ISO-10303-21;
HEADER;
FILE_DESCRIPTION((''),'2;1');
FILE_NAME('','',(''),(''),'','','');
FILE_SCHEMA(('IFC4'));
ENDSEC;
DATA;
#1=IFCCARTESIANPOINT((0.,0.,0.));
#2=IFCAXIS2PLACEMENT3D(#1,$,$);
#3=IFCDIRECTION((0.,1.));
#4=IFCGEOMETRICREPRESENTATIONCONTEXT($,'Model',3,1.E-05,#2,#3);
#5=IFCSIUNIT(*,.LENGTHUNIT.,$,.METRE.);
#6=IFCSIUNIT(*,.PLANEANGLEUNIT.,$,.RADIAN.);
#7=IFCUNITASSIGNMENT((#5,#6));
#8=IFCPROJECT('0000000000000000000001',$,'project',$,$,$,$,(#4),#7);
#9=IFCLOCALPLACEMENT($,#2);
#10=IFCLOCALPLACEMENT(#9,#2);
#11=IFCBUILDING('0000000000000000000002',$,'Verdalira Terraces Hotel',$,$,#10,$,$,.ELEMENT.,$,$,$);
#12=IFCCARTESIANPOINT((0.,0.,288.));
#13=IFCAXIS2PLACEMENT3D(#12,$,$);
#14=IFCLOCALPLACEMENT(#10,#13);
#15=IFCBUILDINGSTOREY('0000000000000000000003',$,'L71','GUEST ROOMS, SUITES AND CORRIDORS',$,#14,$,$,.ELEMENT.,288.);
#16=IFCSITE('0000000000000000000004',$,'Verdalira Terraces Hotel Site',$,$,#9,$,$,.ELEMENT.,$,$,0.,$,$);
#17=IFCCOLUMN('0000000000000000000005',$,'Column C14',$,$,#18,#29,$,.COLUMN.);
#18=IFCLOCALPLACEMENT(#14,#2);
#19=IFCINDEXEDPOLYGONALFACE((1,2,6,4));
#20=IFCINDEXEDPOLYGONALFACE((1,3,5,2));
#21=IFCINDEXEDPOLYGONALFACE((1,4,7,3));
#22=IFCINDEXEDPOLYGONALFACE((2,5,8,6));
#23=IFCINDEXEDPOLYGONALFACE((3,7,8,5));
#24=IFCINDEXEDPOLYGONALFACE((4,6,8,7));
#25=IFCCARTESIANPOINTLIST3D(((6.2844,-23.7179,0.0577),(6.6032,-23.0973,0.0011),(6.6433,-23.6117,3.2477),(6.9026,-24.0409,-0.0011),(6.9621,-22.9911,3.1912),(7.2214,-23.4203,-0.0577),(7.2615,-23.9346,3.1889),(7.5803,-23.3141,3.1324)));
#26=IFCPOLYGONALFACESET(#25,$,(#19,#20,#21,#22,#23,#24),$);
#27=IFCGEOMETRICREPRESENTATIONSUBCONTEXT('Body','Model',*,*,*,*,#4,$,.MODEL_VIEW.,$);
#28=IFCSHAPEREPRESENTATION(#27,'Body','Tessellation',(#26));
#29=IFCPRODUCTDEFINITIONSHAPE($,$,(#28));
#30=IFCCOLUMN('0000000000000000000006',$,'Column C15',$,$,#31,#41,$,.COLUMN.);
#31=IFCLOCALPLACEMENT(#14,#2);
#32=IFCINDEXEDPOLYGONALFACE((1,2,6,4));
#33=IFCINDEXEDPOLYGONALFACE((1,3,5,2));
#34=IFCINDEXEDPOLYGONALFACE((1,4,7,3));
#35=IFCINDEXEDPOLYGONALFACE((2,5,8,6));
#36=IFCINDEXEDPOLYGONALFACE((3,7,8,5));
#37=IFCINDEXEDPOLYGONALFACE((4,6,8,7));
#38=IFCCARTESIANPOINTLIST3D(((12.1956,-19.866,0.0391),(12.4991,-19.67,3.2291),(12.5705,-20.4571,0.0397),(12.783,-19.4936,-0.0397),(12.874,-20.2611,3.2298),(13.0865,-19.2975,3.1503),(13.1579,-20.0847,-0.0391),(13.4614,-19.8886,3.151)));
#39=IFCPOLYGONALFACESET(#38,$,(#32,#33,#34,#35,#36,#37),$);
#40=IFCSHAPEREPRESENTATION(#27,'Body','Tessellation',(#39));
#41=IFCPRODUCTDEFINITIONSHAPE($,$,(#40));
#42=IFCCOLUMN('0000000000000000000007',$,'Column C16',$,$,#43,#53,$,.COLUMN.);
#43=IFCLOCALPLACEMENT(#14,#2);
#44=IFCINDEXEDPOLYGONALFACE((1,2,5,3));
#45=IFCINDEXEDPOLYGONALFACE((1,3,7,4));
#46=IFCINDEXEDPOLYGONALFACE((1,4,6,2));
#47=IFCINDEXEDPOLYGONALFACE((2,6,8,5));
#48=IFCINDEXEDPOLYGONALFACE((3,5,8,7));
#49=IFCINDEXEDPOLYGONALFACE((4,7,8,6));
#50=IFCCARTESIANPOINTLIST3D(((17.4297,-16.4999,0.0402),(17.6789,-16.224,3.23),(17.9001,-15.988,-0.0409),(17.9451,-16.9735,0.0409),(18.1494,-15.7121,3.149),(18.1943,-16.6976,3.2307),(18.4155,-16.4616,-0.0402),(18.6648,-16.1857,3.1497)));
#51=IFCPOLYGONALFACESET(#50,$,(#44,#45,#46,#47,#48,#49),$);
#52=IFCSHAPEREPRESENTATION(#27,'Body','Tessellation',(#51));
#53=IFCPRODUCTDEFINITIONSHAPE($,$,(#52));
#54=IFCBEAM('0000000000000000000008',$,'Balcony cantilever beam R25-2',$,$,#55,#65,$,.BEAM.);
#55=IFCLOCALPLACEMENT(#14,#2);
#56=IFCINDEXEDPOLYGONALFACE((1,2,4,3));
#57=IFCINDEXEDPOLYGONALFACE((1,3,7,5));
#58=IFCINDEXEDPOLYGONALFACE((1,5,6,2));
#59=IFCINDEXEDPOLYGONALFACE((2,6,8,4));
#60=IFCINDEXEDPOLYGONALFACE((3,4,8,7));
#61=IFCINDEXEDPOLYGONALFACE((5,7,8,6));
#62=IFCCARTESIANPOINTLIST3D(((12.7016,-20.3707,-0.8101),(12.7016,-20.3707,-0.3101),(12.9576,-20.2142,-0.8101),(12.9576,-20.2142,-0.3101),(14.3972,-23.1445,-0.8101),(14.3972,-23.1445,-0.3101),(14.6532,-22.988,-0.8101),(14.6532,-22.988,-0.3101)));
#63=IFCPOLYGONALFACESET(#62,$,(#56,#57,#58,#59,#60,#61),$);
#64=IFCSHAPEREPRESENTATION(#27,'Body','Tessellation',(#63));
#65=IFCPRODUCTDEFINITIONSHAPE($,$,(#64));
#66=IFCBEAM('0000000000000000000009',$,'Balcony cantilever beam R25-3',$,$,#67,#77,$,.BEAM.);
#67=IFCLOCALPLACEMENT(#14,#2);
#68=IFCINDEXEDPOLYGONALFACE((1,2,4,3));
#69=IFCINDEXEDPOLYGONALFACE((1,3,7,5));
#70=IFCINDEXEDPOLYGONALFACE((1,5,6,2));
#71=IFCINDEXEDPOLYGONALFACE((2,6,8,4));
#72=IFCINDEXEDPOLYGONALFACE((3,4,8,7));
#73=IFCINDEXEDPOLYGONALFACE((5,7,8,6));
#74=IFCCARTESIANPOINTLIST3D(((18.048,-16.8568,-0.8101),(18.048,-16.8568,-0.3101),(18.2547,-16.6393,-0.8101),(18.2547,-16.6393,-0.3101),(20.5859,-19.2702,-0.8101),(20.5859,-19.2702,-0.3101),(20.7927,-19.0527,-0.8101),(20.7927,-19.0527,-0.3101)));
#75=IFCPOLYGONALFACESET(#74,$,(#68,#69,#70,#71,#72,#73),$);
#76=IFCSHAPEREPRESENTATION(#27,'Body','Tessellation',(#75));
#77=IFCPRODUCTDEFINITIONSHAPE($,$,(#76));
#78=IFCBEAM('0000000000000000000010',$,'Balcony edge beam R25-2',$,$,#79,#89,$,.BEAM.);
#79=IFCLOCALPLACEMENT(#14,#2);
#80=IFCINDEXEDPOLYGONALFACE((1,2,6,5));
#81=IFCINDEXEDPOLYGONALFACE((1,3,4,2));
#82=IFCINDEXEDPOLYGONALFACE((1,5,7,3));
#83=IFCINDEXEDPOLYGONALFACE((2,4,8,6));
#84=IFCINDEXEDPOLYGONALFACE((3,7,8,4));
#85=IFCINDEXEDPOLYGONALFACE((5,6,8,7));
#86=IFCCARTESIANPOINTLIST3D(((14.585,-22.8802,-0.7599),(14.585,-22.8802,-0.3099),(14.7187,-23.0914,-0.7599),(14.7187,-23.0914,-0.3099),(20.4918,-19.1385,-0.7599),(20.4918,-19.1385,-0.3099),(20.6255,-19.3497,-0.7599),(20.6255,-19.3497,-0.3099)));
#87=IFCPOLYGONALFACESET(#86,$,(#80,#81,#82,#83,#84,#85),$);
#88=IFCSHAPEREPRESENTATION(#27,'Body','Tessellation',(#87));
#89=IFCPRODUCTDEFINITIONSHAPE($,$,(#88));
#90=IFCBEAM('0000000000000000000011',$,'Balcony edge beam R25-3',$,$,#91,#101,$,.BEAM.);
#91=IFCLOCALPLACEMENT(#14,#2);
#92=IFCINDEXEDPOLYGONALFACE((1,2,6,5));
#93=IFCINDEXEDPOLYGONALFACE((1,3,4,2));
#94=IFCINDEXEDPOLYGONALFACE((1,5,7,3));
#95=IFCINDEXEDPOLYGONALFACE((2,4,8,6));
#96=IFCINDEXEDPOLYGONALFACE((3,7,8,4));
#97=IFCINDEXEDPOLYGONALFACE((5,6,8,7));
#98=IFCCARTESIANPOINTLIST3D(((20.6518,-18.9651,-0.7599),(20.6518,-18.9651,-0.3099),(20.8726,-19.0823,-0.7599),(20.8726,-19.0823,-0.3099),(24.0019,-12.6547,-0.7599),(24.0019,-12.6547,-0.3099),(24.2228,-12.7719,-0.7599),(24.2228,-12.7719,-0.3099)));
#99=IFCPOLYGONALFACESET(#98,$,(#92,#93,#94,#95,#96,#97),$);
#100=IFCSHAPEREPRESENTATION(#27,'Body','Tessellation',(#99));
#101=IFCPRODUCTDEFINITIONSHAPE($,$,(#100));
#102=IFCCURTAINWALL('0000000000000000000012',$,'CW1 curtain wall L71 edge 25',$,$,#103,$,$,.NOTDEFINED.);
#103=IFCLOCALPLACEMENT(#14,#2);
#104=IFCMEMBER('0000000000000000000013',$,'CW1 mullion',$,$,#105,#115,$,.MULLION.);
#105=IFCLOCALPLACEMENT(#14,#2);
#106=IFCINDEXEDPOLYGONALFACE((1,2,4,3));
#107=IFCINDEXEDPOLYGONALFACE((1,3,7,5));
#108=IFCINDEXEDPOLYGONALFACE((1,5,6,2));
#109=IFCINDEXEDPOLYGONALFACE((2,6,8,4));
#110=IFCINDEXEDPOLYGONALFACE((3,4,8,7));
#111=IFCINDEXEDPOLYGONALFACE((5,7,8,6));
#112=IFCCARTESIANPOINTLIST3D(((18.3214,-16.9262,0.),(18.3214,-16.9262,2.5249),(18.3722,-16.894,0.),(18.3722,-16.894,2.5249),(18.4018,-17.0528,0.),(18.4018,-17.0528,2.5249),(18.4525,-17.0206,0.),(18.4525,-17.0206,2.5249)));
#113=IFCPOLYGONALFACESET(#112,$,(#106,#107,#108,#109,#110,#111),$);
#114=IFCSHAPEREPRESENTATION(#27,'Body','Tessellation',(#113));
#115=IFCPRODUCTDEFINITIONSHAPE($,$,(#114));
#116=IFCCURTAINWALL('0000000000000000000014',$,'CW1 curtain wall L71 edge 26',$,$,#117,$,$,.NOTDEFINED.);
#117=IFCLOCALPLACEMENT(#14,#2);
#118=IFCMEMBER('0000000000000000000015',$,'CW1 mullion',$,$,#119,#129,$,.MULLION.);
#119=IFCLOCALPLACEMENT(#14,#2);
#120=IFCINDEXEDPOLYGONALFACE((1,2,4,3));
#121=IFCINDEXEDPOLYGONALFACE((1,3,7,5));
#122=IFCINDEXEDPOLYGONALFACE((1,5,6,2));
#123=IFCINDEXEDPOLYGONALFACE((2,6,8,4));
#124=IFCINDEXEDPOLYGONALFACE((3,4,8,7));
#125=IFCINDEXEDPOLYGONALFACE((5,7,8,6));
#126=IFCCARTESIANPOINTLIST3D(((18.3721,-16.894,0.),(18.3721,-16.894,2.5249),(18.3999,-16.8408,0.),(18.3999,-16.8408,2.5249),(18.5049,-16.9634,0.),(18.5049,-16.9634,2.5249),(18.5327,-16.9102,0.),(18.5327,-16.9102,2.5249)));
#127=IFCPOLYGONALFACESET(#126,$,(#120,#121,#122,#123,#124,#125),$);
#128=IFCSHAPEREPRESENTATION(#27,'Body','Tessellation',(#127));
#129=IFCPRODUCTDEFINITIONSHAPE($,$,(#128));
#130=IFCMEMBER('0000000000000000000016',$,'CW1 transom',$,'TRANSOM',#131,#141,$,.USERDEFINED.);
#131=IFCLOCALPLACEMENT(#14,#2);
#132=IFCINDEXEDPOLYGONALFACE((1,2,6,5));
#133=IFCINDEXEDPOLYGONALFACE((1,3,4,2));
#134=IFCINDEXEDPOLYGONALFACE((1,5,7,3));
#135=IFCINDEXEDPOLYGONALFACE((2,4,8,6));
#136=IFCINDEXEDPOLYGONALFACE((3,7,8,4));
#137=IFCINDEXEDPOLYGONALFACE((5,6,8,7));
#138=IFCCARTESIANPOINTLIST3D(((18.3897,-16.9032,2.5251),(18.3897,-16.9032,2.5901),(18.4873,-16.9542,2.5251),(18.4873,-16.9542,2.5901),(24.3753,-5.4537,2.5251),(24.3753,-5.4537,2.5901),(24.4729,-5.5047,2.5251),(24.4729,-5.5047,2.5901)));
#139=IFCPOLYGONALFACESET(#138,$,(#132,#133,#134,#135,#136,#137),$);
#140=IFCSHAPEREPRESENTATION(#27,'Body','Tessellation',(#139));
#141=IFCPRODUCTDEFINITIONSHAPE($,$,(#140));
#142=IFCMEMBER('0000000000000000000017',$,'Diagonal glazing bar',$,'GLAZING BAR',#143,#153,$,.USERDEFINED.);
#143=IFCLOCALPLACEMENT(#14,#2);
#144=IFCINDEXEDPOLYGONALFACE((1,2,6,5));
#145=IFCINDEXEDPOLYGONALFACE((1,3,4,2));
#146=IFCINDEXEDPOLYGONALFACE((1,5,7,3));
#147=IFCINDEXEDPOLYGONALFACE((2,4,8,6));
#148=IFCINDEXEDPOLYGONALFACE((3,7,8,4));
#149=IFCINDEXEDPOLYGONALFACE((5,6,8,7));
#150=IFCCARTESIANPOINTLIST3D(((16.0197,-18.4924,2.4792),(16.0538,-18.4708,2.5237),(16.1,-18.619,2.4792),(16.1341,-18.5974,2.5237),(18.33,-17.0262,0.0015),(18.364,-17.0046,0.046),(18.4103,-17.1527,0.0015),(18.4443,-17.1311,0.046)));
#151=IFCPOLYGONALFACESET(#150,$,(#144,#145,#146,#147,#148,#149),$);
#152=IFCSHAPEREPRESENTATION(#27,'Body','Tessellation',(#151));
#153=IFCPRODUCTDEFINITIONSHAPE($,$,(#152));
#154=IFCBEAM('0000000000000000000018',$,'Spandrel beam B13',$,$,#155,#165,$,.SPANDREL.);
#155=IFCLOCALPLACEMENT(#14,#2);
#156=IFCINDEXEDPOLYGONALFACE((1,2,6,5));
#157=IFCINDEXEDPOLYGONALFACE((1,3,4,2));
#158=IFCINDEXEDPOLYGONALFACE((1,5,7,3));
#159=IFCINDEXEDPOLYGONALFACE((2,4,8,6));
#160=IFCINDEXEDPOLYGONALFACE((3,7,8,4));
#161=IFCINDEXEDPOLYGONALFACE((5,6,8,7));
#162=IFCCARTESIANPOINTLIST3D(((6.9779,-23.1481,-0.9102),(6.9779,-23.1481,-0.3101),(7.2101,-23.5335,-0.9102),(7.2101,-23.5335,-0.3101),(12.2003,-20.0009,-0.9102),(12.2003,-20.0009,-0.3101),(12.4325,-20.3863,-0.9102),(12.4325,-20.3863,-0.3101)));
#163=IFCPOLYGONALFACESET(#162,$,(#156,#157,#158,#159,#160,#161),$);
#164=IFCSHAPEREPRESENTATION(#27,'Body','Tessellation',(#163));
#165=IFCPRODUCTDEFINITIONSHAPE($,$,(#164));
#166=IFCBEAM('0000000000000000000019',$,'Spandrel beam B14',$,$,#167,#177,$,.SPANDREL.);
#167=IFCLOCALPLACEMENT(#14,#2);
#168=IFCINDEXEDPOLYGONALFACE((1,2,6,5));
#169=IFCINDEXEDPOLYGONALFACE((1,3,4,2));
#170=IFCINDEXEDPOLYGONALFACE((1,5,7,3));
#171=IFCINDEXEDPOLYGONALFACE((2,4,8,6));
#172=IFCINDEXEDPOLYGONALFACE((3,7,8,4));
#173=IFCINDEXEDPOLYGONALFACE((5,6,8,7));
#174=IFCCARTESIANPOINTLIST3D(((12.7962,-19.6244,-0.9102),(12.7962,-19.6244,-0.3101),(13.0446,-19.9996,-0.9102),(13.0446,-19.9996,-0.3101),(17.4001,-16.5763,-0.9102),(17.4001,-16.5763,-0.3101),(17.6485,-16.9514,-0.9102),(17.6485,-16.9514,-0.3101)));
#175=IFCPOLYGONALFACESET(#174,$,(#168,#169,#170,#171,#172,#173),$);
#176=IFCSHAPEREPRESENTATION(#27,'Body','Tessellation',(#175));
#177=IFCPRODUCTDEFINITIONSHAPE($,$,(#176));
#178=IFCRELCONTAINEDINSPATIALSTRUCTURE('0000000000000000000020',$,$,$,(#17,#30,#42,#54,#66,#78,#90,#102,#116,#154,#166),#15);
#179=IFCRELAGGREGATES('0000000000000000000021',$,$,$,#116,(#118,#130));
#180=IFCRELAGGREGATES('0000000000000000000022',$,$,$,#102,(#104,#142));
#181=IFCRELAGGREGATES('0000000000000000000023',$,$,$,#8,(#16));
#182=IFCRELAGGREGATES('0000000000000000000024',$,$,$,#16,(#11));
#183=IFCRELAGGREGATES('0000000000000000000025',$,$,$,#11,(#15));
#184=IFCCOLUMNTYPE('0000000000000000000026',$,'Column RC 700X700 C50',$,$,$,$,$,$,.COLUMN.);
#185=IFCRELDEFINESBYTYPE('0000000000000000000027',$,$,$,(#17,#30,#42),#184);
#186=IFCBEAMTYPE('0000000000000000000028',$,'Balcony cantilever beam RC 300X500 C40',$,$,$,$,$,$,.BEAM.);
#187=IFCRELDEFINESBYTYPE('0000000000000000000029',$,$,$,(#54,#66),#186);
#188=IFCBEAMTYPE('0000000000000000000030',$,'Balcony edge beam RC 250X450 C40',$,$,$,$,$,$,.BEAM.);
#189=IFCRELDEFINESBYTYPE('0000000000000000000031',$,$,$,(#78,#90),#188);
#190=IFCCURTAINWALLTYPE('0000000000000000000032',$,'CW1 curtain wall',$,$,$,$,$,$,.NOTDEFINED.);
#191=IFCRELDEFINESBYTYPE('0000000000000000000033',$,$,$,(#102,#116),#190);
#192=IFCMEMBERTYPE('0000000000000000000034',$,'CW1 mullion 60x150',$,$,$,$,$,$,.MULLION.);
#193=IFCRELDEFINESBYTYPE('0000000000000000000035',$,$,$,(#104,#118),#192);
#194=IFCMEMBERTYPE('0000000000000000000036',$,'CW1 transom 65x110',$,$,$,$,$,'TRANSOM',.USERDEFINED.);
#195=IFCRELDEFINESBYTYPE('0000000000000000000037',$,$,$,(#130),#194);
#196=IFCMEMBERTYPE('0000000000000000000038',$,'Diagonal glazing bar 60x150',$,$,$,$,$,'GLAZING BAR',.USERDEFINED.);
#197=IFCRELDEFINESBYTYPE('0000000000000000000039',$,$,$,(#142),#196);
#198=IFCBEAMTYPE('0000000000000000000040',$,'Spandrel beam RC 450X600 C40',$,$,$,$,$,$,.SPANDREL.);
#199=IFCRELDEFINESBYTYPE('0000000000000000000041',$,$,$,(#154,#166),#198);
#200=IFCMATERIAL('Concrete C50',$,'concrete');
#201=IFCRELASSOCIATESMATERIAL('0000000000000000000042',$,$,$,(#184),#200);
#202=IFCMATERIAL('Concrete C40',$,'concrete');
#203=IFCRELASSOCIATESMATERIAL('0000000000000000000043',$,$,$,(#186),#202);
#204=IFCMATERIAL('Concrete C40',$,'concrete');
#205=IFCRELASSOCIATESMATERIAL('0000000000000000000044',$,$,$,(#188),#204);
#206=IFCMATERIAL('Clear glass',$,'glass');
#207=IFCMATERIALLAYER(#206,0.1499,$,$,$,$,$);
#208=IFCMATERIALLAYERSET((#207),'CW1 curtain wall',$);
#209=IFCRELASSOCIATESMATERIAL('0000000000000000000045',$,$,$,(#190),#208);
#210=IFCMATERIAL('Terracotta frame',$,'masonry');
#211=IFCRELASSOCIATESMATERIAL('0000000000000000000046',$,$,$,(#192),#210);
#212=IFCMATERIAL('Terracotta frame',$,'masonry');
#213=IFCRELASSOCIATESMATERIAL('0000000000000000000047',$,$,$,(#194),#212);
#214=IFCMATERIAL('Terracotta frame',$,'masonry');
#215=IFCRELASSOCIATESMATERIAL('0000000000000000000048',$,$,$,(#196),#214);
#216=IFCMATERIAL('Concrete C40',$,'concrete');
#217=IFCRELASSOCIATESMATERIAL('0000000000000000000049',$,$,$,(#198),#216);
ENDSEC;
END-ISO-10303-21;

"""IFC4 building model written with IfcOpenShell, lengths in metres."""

from ifc_helpers import new_model, si_unit, direction, frame, origin, origin_2d, place, context, subcontext, project, spatial, rectangle, extrude, material, layer, layer_set, material_profile, profile_set, type_object, element, aggregate, save


model = new_model("IFC4")

# Units and contexts
model_context = context("Model", 3, precision=1e-05, world=origin(), true_north=direction((0.0, 1.0)))
body_context = subcontext(model_context, "Body", "Model", "MODEL_VIEW")
ifc_project = project(units=[si_unit("LENGTHUNIT", "METRE"), si_unit("PLANEANGLEUNIT", "RADIAN")], contexts=[model_context])

# Site, building, storey
site_placement = place(None, origin())
site = spatial("IfcSite", under=ifc_project, at=site_placement, Name="Verdalira Terraces Hotel Site", CompositionType="ELEMENT", RefElevation=0.0)
building_placement = place(site_placement, origin())
building = spatial("IfcBuilding", under=site, at=building_placement, Name="Verdalira Terraces Hotel", CompositionType="ELEMENT")
storey_placement = place(building_placement, frame((0.0, 0.0, 288.0)))
storey = spatial("IfcBuildingStorey", under=building, at=storey_placement, Name="L71", Description="GUEST ROOMS, SUITES AND CORRIDORS", CompositionType="ELEMENT", Elevation=288.0)

# Columns
ifc_material_1 = material(Name="Concrete C50", Category="concrete")
ifc_material_profile_1 = material_profile(ifc_material_1, rectangle(XDim=0.7, YDim=0.7, at=origin_2d()), Name="RC 700X700")
ifc_profile_set_1 = profile_set([ifc_material_profile_1], Name="Concrete C50")
column_type = type_object("IfcColumnType", Name="Column RC 700X700 C50", PredefinedType="COLUMN", material=ifc_profile_set_1)
column_1_placement = place(storey_placement, frame((6.7529, -23.5691, 0.0), z_axis=(0.111739, 0.033066, 0.993187), x_axis=(-0.455479, -0.886576, 0.08076)))
element("IfcColumn", 1, at=column_1_placement, inside=storey, type_object=column_type, Name="Column C14", PredefinedType="COLUMN", context=body_context, shape_type="SweptSolid", body=[
    extrude(rectangle(XDim=0.7, YDim=0.7, at=origin_2d()), origin(), (0.0, 0.0, 1.0), 3.2119),
])
column_2_placement = place(storey_placement, frame((12.6768, -19.9753, 0.0), z_axis=(0.094528, 0.061067, 0.993647), x_axis=(0.839178, 0.532086, -0.112534)))
element("IfcColumn", 2, at=column_2_placement, inside=storey, type_object=column_type, Name="Column C15", PredefinedType="COLUMN", context=body_context, shape_type="SweptSolid", body=[
    extrude(rectangle(XDim=0.7, YDim=0.7, at=origin_2d()), origin(), (0.0, 0.0, 1.0), 3.2104),
])
column_3_placement = place(storey_placement, frame((17.9226, -16.4807, 0.0), z_axis=(0.077616, 0.085902, 0.993276), x_axis=(-0.67214, -0.731317, 0.115769)))
element("IfcColumn", 3, at=column_3_placement, inside=storey, type_object=column_type, Name="Column C16", PredefinedType="COLUMN", context=body_context, shape_type="SweptSolid", body=[
    extrude(rectangle(XDim=0.7, YDim=0.7, at=origin_2d()), origin(), (0.0, 0.0, 1.0), 3.2114),
])

# Beams
ifc_material_2 = material(Name="Concrete C40", Category="concrete")
ifc_material_profile_2 = material_profile(ifc_material_2, rectangle(XDim=0.3, YDim=0.5, at=origin_2d()), Name="RC 300X500")
ifc_profile_set_2 = profile_set([ifc_material_profile_2], Name="Concrete C40")
beam_type_1 = type_object("IfcBeamType", Name="Balcony cantilever beam RC 300X500 C40", PredefinedType="BEAM", material=ifc_profile_set_2)
beam_1_placement = place(storey_placement, frame((12.8296, -20.2925, -0.5601), z_axis=(0.521568, -0.853209, 0.0), x_axis=(0.853209, 0.521568, 0.0)))
element("IfcBeam", 4, at=beam_1_placement, inside=storey, type_object=beam_type_1, Name="Balcony cantilever beam R25-2", PredefinedType="BEAM", context=body_context, shape_type="SweptSolid", body=[
    extrude(rectangle(XDim=0.3, YDim=0.5, at=origin_2d()), origin(), (0.0, 0.0, 1.0), 3.251),
])
beam_2_placement = place(storey_placement, frame((18.1514, -16.748, -0.5601), z_axis=(0.72466, -0.689107, 0.0), x_axis=(0.689107, 0.72466, 0.0)))
element("IfcBeam", 5, at=beam_2_placement, inside=storey, type_object=beam_type_1, Name="Balcony cantilever beam R25-3", PredefinedType="BEAM", context=body_context, shape_type="SweptSolid", body=[
    extrude(rectangle(XDim=0.3, YDim=0.5, at=origin_2d()), origin(), (0.0, 0.0, 1.0), 3.5022),
])
ifc_material_3 = material(Name="Concrete C40", Category="concrete")
ifc_material_profile_3 = material_profile(ifc_material_3, rectangle(XDim=0.25, YDim=0.45, at=origin_2d()), Name="RC 250X450")
ifc_profile_set_3 = profile_set([ifc_material_profile_3], Name="Concrete C40")
beam_type_2 = type_object("IfcBeamType", Name="Balcony edge beam RC 250X450 C40", PredefinedType="BEAM", material=ifc_profile_set_3)
beam_3_placement = place(storey_placement, frame((14.6519, -22.9858, -0.5349), z_axis=(0.84477, 0.53513, 0.0), x_axis=(-0.53513, 0.84477, 0.0)))
element("IfcBeam", 6, at=beam_3_placement, inside=storey, type_object=beam_type_2, Name="Balcony edge beam R25-2", PredefinedType="BEAM", context=body_context, shape_type="SweptSolid", body=[
    extrude(rectangle(XDim=0.25, YDim=0.45, at=origin_2d()), origin(), (0.0, 0.0, 1.0), 6.9922),
])
beam_4_placement = place(storey_placement, frame((20.7622, -19.0237, -0.5349), z_axis=(0.46891, 0.883246, 0.0), x_axis=(-0.883246, 0.46891, 0.0)))
element("IfcBeam", 7, at=beam_4_placement, inside=storey, type_object=beam_type_2, Name="Balcony edge beam R25-3", PredefinedType="BEAM", context=body_context, shape_type="SweptSolid", body=[
    extrude(rectangle(XDim=0.25, YDim=0.45, at=origin_2d()), origin(), (0.0, 0.0, 1.0), 7.1445),
])

# Curtain wall, member
ifc_material_4 = material(Name="Clear glass", Category="glass")
ifc_layer_1 = layer(ifc_material_4, 0.1499)
ifc_layer_set_1 = layer_set([ifc_layer_1], Name="CW1 curtain wall")
curtain_wall_type = type_object("IfcCurtainWallType", Name="CW1 curtain wall", PredefinedType="NOTDEFINED", material=ifc_layer_set_1)
curtain_wall_1_placement = place(storey_placement, origin())
curtain_wall_1 = element("IfcCurtainWall", 8, at=curtain_wall_1_placement, inside=storey, type_object=curtain_wall_type, Name="CW1 curtain wall L71 edge 25", PredefinedType="NOTDEFINED")
ifc_material_5 = material(Name="Terracotta frame", Category="masonry")
ifc_material_profile_4 = material_profile(ifc_material_5, rectangle(XDim=0.0601, YDim=0.1499, at=origin_2d()), Name="MU 60x150")
ifc_profile_set_4 = profile_set([ifc_material_profile_4], Name="Terracotta frame")
member_type_1 = type_object("IfcMemberType", Name="CW1 mullion 60x150", PredefinedType="MULLION", material=ifc_profile_set_4)
member_1_placement = place(storey_placement, frame((18.387, -16.9734, 0.0), z_axis=(0.0, 0.0, 1.0), x_axis=(0.844328, 0.535827, 0.0)))
member_1 = element("IfcMember", 9, at=member_1_placement, type_object=member_type_1, Name="CW1 mullion", PredefinedType="MULLION", context=body_context, shape_type="SweptSolid", body=[
    extrude(rectangle(XDim=0.0601, YDim=0.1499, at=origin_2d()), origin(), (0.0, 0.0, 1.0), 2.5249),
])

# Curtain wall, members
curtain_wall_2_placement = place(storey_placement, origin())
curtain_wall_2 = element("IfcCurtainWall", 10, at=curtain_wall_2_placement, inside=storey, type_object=curtain_wall_type, Name="CW1 curtain wall L71 edge 26", PredefinedType="NOTDEFINED")
member_2_placement = place(storey_placement, frame((18.4524, -16.9021, 0.0), z_axis=(0.0, 0.0, 1.0), x_axis=(0.463296, 0.886204, 0.0)))
member_2 = element("IfcMember", 11, at=member_2_placement, type_object=member_type_1, Name="CW1 mullion", PredefinedType="MULLION", context=body_context, shape_type="SweptSolid", body=[
    extrude(rectangle(XDim=0.0601, YDim=0.1499, at=origin_2d()), origin(), (0.0, 0.0, 1.0), 2.5249),
])
ifc_material_6 = material(Name="Terracotta frame", Category="masonry")
ifc_material_profile_5 = material_profile(ifc_material_6, rectangle(XDim=0.1101, YDim=0.0649, at=origin_2d()), Name="TR 65x110")
ifc_profile_set_5 = profile_set([ifc_material_profile_5], Name="Terracotta frame")
member_type_2 = type_object("IfcMemberType", Name="CW1 transom 65x110", ElementType="TRANSOM", PredefinedType="USERDEFINED", material=ifc_profile_set_5)
member_3_placement = place(storey_placement, frame((18.4385, -16.9287, 2.5576), z_axis=(0.463294, 0.886205, 0.0), x_axis=(-0.886205, 0.463294, 0.0)))
member_3 = element("IfcMember", 12, at=member_3_placement, type_object=member_type_2, Name="CW1 transom", ObjectType="TRANSOM", PredefinedType="USERDEFINED", context=body_context, shape_type="SweptSolid", body=[
    extrude(rectangle(XDim=0.1101, YDim=0.0649, at=origin_2d()), origin(), (0.0, 0.0, 1.0), 12.9197),
])
aggregate(curtain_wall_2, [member_2, member_3])

# Member
ifc_material_7 = material(Name="Terracotta frame", Category="masonry")
ifc_material_profile_6 = material_profile(ifc_material_7, rectangle(XDim=0.1499, YDim=0.0601, at=origin_2d()), Name="GB 60x150")
ifc_profile_set_6 = profile_set([ifc_material_profile_6], Name="Terracotta frame")
member_type_3 = type_object("IfcMemberType", Name="Diagonal glazing bar 60x150", ElementType="GLAZING BAR", PredefinedType="USERDEFINED", material=ifc_profile_set_6)
member_4_placement = place(storey_placement, frame((16.0769, -18.5449, 2.5015), z_axis=(0.625849, 0.397215, -0.671218), x_axis=(-0.535865, 0.844304, 0.0)))
member_4 = element("IfcMember", 13, at=member_4_placement, type_object=member_type_3, Name="Diagonal glazing bar", ObjectType="GLAZING BAR", PredefinedType="USERDEFINED", context=body_context, shape_type="SweptSolid", body=[
    extrude(rectangle(XDim=0.1499, YDim=0.0601, at=origin_2d()), origin(), (0.0, 0.0, 1.0), 3.6914),
])

# Beams
ifc_material_8 = material(Name="Concrete C40", Category="concrete")
ifc_material_profile_7 = material_profile(ifc_material_8, rectangle(XDim=0.45, YDim=0.6001, at=origin_2d()), Name="RC 450X600")
ifc_profile_set_7 = profile_set([ifc_material_profile_7], Name="Concrete C40")
beam_type_3 = type_object("IfcBeamType", Name="Spandrel beam RC 450X600 C40", PredefinedType="SPANDREL", material=ifc_profile_set_7)
beam_5_placement = place(storey_placement, frame((7.094, -23.3408, -0.6101), z_axis=(0.856495, 0.516155, 0.0), x_axis=(-0.516155, 0.856495, 0.0)))
element("IfcBeam", 14, at=beam_5_placement, inside=storey, type_object=beam_type_3, Name="Spandrel beam B13", PredefinedType="SPANDREL", context=body_context, shape_type="SweptSolid", body=[
    extrude(rectangle(XDim=0.45, YDim=0.6001, at=origin_2d()), origin(), (0.0, 0.0, 1.0), 6.0974),
])
beam_6_placement = place(storey_placement, frame((12.9204, -19.812, -0.6101), z_axis=(0.833808, 0.552055, 0.0), x_axis=(-0.552055, 0.833808, 0.0)))
element("IfcBeam", 15, at=beam_6_placement, inside=storey, type_object=beam_type_3, Name="Spandrel beam B14", PredefinedType="SPANDREL", context=body_context, shape_type="SweptSolid", body=[
    extrude(rectangle(XDim=0.45, YDim=0.6001, at=origin_2d()), origin(), (0.0, 0.0, 1.0), 5.5215),
])

aggregate(curtain_wall_1, [member_1, member_4])

save(model, "model.ifc")
